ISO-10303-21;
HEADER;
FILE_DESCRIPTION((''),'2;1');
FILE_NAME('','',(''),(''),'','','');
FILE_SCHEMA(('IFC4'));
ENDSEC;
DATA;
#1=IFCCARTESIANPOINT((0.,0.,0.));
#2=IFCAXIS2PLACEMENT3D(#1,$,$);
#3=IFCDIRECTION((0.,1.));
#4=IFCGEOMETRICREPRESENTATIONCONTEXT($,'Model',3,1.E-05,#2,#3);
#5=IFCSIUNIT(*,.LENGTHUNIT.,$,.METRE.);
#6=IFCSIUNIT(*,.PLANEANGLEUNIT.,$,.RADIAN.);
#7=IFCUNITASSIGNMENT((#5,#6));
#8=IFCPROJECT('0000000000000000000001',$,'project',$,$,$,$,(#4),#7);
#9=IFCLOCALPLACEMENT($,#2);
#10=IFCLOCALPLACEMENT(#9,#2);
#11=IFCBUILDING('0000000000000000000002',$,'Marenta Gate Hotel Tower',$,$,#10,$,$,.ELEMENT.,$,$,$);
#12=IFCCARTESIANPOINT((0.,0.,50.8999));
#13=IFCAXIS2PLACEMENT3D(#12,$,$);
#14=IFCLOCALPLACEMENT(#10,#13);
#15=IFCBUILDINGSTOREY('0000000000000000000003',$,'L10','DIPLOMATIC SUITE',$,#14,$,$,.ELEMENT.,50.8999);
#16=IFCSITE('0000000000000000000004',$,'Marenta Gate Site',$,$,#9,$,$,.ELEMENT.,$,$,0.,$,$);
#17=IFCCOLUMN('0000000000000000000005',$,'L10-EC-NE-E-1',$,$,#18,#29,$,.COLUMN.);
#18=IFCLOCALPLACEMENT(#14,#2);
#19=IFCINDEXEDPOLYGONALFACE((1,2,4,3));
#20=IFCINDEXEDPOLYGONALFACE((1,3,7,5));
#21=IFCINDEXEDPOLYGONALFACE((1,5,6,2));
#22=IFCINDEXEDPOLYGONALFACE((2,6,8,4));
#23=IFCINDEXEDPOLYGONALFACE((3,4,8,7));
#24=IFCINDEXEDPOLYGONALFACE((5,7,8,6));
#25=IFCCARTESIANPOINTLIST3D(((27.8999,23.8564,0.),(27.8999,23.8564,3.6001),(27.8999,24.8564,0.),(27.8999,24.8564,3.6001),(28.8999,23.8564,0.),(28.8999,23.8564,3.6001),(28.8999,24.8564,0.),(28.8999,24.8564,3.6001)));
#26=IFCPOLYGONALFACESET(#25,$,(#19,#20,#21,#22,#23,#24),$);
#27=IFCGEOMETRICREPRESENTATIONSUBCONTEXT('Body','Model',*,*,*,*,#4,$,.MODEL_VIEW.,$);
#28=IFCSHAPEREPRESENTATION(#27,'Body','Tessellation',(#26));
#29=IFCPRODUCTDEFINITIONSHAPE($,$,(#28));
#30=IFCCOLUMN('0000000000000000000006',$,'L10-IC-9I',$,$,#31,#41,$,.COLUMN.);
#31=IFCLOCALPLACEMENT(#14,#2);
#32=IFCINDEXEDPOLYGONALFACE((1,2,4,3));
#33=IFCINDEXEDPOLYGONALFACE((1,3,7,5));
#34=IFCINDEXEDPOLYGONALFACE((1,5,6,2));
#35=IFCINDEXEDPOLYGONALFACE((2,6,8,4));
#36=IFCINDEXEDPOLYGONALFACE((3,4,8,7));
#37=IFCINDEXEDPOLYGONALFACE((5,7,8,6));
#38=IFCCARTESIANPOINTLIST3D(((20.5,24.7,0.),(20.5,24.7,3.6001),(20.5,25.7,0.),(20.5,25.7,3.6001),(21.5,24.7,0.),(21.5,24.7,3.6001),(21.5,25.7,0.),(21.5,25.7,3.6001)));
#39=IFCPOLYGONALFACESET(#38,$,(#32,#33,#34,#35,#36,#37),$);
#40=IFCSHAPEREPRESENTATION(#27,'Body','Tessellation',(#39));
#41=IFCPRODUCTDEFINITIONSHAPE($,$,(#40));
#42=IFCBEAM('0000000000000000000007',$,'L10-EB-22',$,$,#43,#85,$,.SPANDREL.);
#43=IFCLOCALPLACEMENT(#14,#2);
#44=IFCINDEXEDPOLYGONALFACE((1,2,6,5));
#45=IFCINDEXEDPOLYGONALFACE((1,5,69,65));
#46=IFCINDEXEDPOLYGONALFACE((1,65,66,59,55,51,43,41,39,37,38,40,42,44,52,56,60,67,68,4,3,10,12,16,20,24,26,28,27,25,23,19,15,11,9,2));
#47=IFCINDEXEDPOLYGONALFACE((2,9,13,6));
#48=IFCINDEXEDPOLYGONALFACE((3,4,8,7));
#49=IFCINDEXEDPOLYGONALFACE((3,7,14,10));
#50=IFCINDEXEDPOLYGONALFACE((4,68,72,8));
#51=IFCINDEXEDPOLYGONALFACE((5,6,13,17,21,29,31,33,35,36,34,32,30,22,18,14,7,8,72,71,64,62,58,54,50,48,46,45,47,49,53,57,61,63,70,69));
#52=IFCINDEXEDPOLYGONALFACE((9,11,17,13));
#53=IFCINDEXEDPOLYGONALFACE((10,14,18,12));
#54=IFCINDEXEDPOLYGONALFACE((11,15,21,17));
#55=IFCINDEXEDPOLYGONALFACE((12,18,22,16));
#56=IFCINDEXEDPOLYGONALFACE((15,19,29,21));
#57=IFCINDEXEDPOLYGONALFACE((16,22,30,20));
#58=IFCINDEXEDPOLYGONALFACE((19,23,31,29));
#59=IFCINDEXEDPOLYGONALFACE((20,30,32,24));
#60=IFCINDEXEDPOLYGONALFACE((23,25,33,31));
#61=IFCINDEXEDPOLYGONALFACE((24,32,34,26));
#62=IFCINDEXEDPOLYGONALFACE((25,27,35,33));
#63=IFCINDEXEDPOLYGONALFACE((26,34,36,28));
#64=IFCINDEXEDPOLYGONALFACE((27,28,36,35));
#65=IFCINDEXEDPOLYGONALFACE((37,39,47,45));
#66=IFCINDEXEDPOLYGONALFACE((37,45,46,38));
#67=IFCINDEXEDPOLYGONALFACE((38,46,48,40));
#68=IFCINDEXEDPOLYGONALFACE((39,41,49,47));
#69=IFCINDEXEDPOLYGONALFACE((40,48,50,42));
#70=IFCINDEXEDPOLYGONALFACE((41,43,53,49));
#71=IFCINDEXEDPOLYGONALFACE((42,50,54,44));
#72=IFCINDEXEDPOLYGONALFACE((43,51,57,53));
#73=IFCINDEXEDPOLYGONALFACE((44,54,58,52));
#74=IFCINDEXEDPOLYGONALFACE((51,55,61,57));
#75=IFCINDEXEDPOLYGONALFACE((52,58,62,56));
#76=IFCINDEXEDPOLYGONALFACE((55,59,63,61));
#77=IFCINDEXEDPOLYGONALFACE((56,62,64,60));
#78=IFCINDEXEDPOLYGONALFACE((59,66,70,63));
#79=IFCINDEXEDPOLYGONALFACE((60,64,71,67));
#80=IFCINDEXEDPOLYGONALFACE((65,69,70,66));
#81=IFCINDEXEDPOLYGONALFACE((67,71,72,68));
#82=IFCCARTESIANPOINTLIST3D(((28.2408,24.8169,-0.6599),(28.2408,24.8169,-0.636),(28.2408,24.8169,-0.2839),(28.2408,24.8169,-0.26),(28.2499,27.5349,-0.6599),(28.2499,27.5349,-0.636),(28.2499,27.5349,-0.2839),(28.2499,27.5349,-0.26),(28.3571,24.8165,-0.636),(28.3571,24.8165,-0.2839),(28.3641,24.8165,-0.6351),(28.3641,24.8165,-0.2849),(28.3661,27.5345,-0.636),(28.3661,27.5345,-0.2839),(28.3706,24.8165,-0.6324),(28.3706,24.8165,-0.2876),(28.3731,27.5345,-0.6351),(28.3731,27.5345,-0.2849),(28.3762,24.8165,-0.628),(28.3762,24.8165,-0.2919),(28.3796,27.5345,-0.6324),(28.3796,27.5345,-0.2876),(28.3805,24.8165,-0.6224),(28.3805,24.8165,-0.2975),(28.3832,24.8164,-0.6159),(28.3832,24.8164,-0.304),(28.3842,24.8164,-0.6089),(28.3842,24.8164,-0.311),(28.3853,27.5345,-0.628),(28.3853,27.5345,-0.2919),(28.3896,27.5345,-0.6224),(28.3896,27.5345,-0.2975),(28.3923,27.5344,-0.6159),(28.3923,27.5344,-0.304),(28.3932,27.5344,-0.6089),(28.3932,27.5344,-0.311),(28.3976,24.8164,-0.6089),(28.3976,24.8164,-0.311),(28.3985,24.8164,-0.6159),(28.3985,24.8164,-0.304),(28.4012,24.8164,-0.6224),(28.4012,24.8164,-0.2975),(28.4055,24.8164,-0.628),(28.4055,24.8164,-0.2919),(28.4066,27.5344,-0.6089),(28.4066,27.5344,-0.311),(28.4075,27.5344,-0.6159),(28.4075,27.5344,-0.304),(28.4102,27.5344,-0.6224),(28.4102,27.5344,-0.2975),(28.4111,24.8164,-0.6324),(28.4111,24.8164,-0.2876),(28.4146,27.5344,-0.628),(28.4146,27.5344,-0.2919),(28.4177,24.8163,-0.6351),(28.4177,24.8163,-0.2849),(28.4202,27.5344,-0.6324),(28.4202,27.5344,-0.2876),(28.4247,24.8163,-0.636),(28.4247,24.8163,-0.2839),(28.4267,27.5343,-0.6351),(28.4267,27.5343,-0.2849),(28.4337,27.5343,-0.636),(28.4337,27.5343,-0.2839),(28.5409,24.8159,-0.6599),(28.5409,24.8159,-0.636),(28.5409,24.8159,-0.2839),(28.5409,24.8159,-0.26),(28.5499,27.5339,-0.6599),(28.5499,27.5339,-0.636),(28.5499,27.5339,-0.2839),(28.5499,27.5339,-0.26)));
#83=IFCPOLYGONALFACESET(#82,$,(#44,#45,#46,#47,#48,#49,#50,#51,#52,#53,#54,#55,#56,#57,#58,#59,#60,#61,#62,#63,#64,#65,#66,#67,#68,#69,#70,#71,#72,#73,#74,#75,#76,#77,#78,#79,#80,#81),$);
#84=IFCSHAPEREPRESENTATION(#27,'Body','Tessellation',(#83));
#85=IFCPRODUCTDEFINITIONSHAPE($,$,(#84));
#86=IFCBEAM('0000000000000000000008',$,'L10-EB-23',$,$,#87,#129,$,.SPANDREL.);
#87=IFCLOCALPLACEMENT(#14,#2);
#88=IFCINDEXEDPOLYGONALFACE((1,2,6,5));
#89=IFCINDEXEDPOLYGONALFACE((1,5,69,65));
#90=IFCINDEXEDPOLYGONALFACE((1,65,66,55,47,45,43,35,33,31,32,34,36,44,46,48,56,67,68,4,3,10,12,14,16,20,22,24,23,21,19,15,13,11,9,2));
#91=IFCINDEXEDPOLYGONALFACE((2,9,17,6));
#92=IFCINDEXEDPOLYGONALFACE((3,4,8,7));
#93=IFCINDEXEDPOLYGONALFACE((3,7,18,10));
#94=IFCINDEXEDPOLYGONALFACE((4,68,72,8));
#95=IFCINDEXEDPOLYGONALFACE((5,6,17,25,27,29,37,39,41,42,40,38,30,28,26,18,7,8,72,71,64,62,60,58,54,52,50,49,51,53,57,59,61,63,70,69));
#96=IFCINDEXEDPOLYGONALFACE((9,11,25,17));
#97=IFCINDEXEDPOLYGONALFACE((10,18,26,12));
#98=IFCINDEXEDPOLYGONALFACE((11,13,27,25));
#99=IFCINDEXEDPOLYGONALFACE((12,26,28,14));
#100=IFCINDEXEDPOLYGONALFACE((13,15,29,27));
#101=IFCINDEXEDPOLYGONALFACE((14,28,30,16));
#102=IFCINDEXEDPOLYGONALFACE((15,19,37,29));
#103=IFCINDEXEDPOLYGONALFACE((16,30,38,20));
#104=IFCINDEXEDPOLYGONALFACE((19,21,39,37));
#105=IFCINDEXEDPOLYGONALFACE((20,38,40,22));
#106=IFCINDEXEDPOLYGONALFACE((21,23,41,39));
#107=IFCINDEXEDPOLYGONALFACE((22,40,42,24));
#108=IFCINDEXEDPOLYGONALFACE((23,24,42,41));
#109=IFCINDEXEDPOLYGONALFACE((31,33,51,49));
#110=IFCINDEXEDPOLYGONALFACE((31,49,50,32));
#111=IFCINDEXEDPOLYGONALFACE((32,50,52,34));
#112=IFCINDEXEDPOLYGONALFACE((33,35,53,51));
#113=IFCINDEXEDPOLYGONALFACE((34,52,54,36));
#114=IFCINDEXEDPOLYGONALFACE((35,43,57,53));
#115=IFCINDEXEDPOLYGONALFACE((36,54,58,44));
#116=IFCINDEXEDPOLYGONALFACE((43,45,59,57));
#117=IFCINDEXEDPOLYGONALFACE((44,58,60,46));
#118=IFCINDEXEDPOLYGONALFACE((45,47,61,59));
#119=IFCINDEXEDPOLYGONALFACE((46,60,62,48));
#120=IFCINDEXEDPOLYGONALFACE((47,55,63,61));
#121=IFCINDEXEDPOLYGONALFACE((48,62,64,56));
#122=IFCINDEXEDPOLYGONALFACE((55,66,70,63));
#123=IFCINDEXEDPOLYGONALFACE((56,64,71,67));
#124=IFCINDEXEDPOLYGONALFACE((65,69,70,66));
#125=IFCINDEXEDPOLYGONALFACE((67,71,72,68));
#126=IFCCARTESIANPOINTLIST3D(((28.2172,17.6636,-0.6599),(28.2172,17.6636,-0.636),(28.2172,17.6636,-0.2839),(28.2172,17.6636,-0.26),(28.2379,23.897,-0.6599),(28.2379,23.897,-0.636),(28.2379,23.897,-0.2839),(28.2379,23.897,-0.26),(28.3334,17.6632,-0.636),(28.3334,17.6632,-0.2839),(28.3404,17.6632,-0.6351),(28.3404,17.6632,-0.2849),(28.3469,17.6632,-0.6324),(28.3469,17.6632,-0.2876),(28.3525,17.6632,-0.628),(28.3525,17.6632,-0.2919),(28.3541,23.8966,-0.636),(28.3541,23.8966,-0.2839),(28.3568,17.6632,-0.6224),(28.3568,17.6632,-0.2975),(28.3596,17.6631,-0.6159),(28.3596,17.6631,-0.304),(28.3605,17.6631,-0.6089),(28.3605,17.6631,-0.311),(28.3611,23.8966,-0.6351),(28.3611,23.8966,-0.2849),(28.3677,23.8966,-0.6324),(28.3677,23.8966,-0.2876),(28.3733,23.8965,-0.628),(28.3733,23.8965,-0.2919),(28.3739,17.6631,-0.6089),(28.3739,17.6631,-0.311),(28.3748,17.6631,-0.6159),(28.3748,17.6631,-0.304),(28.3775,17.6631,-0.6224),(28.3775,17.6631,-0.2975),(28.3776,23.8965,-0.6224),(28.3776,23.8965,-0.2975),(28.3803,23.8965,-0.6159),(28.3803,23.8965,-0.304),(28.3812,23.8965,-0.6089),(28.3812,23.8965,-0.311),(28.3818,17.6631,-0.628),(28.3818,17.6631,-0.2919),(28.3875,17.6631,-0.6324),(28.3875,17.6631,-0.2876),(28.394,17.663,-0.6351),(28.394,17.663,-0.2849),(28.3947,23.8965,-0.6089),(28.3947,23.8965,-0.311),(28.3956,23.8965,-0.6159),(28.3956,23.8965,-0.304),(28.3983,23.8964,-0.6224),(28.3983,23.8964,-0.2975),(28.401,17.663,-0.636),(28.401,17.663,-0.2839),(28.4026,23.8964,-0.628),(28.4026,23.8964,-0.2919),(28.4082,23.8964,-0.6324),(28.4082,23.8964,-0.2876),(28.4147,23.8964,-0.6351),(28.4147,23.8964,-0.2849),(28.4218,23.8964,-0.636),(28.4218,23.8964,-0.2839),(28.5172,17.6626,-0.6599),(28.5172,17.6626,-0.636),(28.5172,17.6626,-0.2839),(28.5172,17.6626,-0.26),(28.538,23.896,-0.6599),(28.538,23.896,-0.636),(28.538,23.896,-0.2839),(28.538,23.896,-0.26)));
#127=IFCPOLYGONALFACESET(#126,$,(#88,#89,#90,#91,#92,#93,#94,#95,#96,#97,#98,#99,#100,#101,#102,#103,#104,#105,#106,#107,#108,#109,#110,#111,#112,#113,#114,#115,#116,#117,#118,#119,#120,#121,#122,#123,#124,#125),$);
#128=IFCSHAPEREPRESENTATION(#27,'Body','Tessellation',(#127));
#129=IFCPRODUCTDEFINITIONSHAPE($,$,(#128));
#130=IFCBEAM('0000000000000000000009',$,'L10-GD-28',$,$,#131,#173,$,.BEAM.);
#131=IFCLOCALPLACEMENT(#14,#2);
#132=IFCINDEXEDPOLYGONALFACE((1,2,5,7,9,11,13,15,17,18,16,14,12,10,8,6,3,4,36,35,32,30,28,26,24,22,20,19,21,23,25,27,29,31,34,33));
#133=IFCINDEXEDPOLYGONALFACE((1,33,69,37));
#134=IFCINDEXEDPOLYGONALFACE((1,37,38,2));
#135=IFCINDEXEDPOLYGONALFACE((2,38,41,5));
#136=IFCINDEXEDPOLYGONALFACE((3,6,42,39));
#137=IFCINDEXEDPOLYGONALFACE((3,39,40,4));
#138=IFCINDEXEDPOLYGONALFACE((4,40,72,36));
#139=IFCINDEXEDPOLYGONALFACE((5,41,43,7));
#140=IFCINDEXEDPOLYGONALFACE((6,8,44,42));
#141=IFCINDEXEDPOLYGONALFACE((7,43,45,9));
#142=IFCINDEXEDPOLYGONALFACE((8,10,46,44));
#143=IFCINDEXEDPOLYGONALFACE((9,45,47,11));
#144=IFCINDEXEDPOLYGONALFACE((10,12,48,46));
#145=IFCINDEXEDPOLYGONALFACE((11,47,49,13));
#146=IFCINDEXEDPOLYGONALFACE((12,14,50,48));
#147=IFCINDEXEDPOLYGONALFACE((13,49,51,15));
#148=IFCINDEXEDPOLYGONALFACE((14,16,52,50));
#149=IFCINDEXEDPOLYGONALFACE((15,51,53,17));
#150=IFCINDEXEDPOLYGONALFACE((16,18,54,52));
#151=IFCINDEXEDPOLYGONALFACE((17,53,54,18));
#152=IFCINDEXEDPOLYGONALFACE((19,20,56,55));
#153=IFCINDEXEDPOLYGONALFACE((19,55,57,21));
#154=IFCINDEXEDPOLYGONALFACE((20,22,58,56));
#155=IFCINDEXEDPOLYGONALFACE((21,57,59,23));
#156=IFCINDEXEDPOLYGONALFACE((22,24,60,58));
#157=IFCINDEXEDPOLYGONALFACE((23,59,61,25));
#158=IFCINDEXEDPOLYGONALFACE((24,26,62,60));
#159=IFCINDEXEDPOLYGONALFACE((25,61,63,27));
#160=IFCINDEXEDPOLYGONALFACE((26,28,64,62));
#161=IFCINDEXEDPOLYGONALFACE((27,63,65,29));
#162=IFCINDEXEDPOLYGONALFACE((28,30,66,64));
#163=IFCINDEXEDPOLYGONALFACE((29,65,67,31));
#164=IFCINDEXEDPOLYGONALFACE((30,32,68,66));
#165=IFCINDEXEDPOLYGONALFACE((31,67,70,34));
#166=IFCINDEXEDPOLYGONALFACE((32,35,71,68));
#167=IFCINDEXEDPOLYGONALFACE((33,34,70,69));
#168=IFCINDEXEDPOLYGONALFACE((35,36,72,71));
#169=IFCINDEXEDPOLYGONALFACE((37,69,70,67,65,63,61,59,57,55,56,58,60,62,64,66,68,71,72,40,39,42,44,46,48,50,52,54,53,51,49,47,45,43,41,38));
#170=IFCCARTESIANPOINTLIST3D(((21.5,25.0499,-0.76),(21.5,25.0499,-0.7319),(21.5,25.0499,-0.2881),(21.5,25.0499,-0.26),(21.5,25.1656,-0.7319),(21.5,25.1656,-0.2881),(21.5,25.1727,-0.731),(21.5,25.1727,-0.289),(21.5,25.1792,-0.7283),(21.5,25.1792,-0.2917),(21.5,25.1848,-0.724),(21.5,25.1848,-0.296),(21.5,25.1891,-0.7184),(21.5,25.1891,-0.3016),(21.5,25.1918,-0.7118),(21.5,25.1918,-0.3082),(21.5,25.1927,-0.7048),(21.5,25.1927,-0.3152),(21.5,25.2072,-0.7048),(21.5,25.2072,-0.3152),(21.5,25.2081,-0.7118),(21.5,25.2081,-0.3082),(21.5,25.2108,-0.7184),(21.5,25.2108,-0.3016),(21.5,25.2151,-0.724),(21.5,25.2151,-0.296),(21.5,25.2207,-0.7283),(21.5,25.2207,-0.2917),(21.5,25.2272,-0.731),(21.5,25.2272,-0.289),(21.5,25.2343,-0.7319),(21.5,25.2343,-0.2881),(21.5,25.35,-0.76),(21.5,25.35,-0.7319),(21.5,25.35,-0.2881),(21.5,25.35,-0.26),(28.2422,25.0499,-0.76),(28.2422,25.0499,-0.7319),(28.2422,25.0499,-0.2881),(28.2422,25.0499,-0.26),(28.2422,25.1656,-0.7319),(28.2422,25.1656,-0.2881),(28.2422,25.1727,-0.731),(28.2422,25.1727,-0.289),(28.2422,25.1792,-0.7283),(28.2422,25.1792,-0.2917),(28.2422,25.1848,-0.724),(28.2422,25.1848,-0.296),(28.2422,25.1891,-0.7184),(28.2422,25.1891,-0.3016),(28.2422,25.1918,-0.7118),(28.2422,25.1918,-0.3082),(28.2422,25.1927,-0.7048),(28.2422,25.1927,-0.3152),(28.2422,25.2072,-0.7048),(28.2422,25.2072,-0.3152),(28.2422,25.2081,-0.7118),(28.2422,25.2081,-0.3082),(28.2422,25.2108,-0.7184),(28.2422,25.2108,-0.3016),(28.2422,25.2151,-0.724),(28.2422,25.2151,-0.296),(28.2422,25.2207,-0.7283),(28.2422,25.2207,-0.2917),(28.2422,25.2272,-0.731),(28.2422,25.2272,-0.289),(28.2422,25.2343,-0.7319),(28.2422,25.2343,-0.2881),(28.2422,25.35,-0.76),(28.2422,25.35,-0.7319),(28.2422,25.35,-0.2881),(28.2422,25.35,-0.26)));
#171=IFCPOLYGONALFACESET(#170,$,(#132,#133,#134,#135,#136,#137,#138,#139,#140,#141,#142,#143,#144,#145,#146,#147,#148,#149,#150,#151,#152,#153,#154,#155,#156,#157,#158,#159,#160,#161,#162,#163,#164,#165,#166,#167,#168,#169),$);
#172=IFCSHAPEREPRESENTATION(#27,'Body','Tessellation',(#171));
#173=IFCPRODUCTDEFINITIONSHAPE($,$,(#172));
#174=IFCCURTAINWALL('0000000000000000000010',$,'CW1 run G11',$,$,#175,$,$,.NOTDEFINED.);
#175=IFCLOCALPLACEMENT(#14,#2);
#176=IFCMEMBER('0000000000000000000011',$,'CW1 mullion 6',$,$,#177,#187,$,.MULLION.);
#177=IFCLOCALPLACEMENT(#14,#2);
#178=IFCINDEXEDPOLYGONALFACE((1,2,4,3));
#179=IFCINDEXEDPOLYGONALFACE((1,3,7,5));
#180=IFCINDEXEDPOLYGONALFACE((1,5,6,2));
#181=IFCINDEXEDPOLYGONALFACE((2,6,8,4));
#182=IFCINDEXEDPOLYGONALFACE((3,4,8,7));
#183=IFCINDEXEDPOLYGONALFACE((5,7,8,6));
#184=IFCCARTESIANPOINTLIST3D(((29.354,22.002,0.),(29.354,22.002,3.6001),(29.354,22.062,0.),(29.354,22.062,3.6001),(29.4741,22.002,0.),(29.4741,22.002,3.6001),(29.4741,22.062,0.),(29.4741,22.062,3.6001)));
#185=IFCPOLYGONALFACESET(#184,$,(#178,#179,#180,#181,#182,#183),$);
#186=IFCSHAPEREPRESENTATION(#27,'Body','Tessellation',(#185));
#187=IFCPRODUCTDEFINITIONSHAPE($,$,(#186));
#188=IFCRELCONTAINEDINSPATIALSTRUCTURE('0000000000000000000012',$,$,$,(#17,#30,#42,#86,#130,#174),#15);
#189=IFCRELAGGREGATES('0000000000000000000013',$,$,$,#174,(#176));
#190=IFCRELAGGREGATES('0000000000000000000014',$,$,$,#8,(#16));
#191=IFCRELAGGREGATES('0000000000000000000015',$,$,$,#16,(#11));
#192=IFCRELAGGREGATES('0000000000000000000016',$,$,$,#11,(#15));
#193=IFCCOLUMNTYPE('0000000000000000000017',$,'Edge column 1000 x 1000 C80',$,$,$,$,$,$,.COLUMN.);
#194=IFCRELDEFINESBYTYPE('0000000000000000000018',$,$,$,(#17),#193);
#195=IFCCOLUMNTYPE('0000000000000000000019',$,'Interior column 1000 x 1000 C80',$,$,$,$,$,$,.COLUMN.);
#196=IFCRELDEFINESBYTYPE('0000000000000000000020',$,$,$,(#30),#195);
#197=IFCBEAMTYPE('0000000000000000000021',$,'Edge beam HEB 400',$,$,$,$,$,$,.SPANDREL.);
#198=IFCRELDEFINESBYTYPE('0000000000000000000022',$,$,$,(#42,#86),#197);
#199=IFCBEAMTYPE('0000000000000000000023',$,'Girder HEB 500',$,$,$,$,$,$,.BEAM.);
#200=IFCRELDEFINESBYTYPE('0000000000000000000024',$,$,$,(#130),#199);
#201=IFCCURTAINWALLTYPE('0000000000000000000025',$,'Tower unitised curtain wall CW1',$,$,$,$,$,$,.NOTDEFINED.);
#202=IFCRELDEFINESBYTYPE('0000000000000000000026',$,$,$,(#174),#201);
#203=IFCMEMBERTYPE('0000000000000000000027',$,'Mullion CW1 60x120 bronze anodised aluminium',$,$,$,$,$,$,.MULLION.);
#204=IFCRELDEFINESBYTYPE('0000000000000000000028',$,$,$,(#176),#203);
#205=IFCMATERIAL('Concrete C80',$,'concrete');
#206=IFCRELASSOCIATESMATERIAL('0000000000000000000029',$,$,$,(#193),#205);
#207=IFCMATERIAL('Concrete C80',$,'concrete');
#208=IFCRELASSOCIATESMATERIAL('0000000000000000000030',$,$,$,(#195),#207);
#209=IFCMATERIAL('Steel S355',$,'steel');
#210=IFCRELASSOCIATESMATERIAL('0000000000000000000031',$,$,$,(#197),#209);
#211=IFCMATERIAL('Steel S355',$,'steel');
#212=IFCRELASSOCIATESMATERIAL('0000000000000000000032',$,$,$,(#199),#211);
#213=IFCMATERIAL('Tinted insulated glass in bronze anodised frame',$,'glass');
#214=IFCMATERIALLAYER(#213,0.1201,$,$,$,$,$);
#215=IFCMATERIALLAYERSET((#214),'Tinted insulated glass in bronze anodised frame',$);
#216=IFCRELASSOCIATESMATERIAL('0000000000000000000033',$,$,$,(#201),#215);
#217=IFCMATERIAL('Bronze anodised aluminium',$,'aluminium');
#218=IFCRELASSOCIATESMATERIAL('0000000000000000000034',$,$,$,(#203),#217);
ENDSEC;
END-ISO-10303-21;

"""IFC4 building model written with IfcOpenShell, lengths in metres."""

from ifc_helpers import new_model, si_unit, direction, frame, origin, origin_2d, place, context, subcontext, project, spatial, rectangle, i_section, extrude, material, layer, layer_set, material_profile, profile_set, type_object, element, aggregate, save


model = new_model("IFC4")

# Units and contexts
model_context = context("Model", 3, precision=1e-05, world=origin(), true_north=direction((0.0, 1.0)))
body_context = subcontext(model_context, "Body", "Model", "MODEL_VIEW")
ifc_project = project(units=[si_unit("LENGTHUNIT", "METRE"), si_unit("PLANEANGLEUNIT", "RADIAN")], contexts=[model_context])

# Site, building, storey
site_placement = place(None, origin())
site = spatial("IfcSite", under=ifc_project, at=site_placement, Name="Marenta Gate Site", CompositionType="ELEMENT", RefElevation=0.0)
building_placement = place(site_placement, origin())
building = spatial("IfcBuilding", under=site, at=building_placement, Name="Marenta Gate Hotel Tower", CompositionType="ELEMENT")
storey_placement = place(building_placement, frame((0.0, 0.0, 50.8999)))
storey = spatial("IfcBuildingStorey", under=building, at=storey_placement, Name="L10", Description="DIPLOMATIC SUITE", CompositionType="ELEMENT", Elevation=50.8999)

# Columns
ifc_material_1 = material(Name="Concrete C80", Category="concrete")
ifc_material_profile_1 = material_profile(ifc_material_1, rectangle(XDim=1.0, YDim=1.0, at=origin_2d()), Name="1000 x 1000")
ifc_profile_set_1 = profile_set([ifc_material_profile_1], Name="Concrete C80")
column_type_1 = type_object("IfcColumnType", Name="Edge column 1000 x 1000 C80", PredefinedType="COLUMN", material=ifc_profile_set_1)
column_1_placement = place(storey_placement, frame((28.3999, 24.3564, 0.0), z_axis=(0.0, 0.0, 1.0), x_axis=(1.0, 0.0, 0.0)))
element("IfcColumn", 1, at=column_1_placement, inside=storey, type_object=column_type_1, Name="L10-EC-NE-E-1", PredefinedType="COLUMN", context=body_context, shape_type="SweptSolid", body=[
    extrude(rectangle(XDim=1.0, YDim=1.0, at=origin_2d()), origin(), (0.0, 0.0, 1.0), 3.6001),
])
ifc_material_2 = material(Name="Concrete C80", Category="concrete")
ifc_material_profile_2 = material_profile(ifc_material_2, rectangle(XDim=1.0, YDim=1.0, at=origin_2d()), Name="1000 x 1000")
ifc_profile_set_2 = profile_set([ifc_material_profile_2], Name="Concrete C80")
column_type_2 = type_object("IfcColumnType", Name="Interior column 1000 x 1000 C80", PredefinedType="COLUMN", material=ifc_profile_set_2)
column_2_placement = place(storey_placement, frame((21.0, 25.2, 0.0), z_axis=(0.0, 0.0, 1.0), x_axis=(1.0, 0.0, 0.0)))
element("IfcColumn", 2, at=column_2_placement, inside=storey, type_object=column_type_2, Name="L10-IC-9I", PredefinedType="COLUMN", context=body_context, shape_type="SweptSolid", body=[
    extrude(rectangle(XDim=1.0, YDim=1.0, at=origin_2d()), origin(), (0.0, 0.0, 1.0), 3.6001),
])

# Beams
ifc_material_3 = material(Name="Steel S355", Category="steel")
ifc_material_profile_3 = material_profile(ifc_material_3, i_section(OverallWidth=0.3, OverallDepth=0.3999, WebThickness=0.0134, FlangeThickness=0.0239, FilletRadius=0.0271, at=origin_2d()), Name="HEB 400")
ifc_profile_set_3 = profile_set([ifc_material_profile_3], Name="Steel S355")
beam_type_1 = type_object("IfcBeamType", Name="Edge beam HEB 400", PredefinedType="SPANDREL", material=ifc_profile_set_3)
beam_1_placement = place(storey_placement, frame((28.3999, 27.5344, -0.46), z_axis=(-0.003323, -0.999994, 0.0), x_axis=(0.999994, -0.003323, 0.0)))
element("IfcBeam", 3, at=beam_1_placement, inside=storey, type_object=beam_type_1, Name="L10-EB-22", PredefinedType="SPANDREL", context=body_context, shape_type="SweptSolid", body=[
    extrude(i_section(OverallWidth=0.3, OverallDepth=0.3999, WebThickness=0.0134, FlangeThickness=0.0239, FilletRadius=0.0271, at=origin_2d()), origin(), (0.0, 0.0, 1.0), 2.718),
])
beam_2_placement = place(storey_placement, frame((28.3879, 23.8965, -0.46), z_axis=(-0.003329, -0.999994, 0.0), x_axis=(0.999994, -0.003329, 0.0)))
element("IfcBeam", 4, at=beam_2_placement, inside=storey, type_object=beam_type_1, Name="L10-EB-23", PredefinedType="SPANDREL", context=body_context, shape_type="SweptSolid", body=[
    extrude(i_section(OverallWidth=0.3, OverallDepth=0.3999, WebThickness=0.0134, FlangeThickness=0.0239, FilletRadius=0.0271, at=origin_2d()), origin(), (0.0, 0.0, 1.0), 6.2334),
])
ifc_material_4 = material(Name="Steel S355", Category="steel")
ifc_material_profile_4 = material_profile(ifc_material_4, i_section(OverallWidth=0.3, OverallDepth=0.5, WebThickness=0.0144, FlangeThickness=0.0281, FilletRadius=0.0271, at=origin_2d()), Name="HEB 500")
ifc_profile_set_4 = profile_set([ifc_material_profile_4], Name="Steel S355")
beam_type_2 = type_object("IfcBeamType", Name="Girder HEB 500", PredefinedType="BEAM", material=ifc_profile_set_4)
beam_3_placement = place(storey_placement, frame((21.5, 25.2, -0.51), z_axis=(1.0, 0.0, 0.0), x_axis=(0.0, 1.0, 0.0)))
element("IfcBeam", 5, at=beam_3_placement, inside=storey, type_object=beam_type_2, Name="L10-GD-28", PredefinedType="BEAM", context=body_context, shape_type="SweptSolid", body=[
    extrude(i_section(OverallWidth=0.3, OverallDepth=0.5, WebThickness=0.0144, FlangeThickness=0.0281, FilletRadius=0.0271, at=origin_2d()), origin(), (0.0, 0.0, 1.0), 6.7422),
])

# Curtain wall, member
ifc_material_5 = material(Name="Tinted insulated glass in bronze anodised frame", Category="glass")
ifc_layer_1 = layer(ifc_material_5, 0.1201)
ifc_layer_set_1 = layer_set([ifc_layer_1], Name="Tinted insulated glass in bronze anodised frame")
curtain_wall_type = type_object("IfcCurtainWallType", Name="Tower unitised curtain wall CW1", PredefinedType="NOTDEFINED", material=ifc_layer_set_1)
curtain_wall_1_placement = place(storey_placement, origin())
curtain_wall_1 = element("IfcCurtainWall", 6, at=curtain_wall_1_placement, inside=storey, type_object=curtain_wall_type, Name="CW1 run G11", PredefinedType="NOTDEFINED")
ifc_material_6 = material(Name="Bronze anodised aluminium", Category="aluminium")
ifc_material_profile_5 = material_profile(ifc_material_6, rectangle(XDim=0.1201, YDim=0.0601, at=origin_2d()), Name="Mullion CW1 60x120 bronze anodised aluminium")
ifc_profile_set_5 = profile_set([ifc_material_profile_5], Name="Bronze anodised aluminium")
member_type_1 = type_object("IfcMemberType", Name="Mullion CW1 60x120 bronze anodised aluminium", PredefinedType="MULLION", material=ifc_profile_set_5)
member_1_placement = place(storey_placement, frame((29.4141, 22.032, 0.0), z_axis=(0.0, 0.0, 1.0), x_axis=(-1.0, 0.0, 0.0)))
member_1 = element("IfcMember", 7, at=member_1_placement, type_object=member_type_1, Name="CW1 mullion 6", PredefinedType="MULLION", context=body_context, shape_type="SweptSolid", body=[
    extrude(rectangle(XDim=0.1201, YDim=0.0601, at=origin_2d()), origin(), (0.0, 0.0, 1.0), 3.6001),
])

aggregate(curtain_wall_1, [member_1])

save(model, "model.ifc")
